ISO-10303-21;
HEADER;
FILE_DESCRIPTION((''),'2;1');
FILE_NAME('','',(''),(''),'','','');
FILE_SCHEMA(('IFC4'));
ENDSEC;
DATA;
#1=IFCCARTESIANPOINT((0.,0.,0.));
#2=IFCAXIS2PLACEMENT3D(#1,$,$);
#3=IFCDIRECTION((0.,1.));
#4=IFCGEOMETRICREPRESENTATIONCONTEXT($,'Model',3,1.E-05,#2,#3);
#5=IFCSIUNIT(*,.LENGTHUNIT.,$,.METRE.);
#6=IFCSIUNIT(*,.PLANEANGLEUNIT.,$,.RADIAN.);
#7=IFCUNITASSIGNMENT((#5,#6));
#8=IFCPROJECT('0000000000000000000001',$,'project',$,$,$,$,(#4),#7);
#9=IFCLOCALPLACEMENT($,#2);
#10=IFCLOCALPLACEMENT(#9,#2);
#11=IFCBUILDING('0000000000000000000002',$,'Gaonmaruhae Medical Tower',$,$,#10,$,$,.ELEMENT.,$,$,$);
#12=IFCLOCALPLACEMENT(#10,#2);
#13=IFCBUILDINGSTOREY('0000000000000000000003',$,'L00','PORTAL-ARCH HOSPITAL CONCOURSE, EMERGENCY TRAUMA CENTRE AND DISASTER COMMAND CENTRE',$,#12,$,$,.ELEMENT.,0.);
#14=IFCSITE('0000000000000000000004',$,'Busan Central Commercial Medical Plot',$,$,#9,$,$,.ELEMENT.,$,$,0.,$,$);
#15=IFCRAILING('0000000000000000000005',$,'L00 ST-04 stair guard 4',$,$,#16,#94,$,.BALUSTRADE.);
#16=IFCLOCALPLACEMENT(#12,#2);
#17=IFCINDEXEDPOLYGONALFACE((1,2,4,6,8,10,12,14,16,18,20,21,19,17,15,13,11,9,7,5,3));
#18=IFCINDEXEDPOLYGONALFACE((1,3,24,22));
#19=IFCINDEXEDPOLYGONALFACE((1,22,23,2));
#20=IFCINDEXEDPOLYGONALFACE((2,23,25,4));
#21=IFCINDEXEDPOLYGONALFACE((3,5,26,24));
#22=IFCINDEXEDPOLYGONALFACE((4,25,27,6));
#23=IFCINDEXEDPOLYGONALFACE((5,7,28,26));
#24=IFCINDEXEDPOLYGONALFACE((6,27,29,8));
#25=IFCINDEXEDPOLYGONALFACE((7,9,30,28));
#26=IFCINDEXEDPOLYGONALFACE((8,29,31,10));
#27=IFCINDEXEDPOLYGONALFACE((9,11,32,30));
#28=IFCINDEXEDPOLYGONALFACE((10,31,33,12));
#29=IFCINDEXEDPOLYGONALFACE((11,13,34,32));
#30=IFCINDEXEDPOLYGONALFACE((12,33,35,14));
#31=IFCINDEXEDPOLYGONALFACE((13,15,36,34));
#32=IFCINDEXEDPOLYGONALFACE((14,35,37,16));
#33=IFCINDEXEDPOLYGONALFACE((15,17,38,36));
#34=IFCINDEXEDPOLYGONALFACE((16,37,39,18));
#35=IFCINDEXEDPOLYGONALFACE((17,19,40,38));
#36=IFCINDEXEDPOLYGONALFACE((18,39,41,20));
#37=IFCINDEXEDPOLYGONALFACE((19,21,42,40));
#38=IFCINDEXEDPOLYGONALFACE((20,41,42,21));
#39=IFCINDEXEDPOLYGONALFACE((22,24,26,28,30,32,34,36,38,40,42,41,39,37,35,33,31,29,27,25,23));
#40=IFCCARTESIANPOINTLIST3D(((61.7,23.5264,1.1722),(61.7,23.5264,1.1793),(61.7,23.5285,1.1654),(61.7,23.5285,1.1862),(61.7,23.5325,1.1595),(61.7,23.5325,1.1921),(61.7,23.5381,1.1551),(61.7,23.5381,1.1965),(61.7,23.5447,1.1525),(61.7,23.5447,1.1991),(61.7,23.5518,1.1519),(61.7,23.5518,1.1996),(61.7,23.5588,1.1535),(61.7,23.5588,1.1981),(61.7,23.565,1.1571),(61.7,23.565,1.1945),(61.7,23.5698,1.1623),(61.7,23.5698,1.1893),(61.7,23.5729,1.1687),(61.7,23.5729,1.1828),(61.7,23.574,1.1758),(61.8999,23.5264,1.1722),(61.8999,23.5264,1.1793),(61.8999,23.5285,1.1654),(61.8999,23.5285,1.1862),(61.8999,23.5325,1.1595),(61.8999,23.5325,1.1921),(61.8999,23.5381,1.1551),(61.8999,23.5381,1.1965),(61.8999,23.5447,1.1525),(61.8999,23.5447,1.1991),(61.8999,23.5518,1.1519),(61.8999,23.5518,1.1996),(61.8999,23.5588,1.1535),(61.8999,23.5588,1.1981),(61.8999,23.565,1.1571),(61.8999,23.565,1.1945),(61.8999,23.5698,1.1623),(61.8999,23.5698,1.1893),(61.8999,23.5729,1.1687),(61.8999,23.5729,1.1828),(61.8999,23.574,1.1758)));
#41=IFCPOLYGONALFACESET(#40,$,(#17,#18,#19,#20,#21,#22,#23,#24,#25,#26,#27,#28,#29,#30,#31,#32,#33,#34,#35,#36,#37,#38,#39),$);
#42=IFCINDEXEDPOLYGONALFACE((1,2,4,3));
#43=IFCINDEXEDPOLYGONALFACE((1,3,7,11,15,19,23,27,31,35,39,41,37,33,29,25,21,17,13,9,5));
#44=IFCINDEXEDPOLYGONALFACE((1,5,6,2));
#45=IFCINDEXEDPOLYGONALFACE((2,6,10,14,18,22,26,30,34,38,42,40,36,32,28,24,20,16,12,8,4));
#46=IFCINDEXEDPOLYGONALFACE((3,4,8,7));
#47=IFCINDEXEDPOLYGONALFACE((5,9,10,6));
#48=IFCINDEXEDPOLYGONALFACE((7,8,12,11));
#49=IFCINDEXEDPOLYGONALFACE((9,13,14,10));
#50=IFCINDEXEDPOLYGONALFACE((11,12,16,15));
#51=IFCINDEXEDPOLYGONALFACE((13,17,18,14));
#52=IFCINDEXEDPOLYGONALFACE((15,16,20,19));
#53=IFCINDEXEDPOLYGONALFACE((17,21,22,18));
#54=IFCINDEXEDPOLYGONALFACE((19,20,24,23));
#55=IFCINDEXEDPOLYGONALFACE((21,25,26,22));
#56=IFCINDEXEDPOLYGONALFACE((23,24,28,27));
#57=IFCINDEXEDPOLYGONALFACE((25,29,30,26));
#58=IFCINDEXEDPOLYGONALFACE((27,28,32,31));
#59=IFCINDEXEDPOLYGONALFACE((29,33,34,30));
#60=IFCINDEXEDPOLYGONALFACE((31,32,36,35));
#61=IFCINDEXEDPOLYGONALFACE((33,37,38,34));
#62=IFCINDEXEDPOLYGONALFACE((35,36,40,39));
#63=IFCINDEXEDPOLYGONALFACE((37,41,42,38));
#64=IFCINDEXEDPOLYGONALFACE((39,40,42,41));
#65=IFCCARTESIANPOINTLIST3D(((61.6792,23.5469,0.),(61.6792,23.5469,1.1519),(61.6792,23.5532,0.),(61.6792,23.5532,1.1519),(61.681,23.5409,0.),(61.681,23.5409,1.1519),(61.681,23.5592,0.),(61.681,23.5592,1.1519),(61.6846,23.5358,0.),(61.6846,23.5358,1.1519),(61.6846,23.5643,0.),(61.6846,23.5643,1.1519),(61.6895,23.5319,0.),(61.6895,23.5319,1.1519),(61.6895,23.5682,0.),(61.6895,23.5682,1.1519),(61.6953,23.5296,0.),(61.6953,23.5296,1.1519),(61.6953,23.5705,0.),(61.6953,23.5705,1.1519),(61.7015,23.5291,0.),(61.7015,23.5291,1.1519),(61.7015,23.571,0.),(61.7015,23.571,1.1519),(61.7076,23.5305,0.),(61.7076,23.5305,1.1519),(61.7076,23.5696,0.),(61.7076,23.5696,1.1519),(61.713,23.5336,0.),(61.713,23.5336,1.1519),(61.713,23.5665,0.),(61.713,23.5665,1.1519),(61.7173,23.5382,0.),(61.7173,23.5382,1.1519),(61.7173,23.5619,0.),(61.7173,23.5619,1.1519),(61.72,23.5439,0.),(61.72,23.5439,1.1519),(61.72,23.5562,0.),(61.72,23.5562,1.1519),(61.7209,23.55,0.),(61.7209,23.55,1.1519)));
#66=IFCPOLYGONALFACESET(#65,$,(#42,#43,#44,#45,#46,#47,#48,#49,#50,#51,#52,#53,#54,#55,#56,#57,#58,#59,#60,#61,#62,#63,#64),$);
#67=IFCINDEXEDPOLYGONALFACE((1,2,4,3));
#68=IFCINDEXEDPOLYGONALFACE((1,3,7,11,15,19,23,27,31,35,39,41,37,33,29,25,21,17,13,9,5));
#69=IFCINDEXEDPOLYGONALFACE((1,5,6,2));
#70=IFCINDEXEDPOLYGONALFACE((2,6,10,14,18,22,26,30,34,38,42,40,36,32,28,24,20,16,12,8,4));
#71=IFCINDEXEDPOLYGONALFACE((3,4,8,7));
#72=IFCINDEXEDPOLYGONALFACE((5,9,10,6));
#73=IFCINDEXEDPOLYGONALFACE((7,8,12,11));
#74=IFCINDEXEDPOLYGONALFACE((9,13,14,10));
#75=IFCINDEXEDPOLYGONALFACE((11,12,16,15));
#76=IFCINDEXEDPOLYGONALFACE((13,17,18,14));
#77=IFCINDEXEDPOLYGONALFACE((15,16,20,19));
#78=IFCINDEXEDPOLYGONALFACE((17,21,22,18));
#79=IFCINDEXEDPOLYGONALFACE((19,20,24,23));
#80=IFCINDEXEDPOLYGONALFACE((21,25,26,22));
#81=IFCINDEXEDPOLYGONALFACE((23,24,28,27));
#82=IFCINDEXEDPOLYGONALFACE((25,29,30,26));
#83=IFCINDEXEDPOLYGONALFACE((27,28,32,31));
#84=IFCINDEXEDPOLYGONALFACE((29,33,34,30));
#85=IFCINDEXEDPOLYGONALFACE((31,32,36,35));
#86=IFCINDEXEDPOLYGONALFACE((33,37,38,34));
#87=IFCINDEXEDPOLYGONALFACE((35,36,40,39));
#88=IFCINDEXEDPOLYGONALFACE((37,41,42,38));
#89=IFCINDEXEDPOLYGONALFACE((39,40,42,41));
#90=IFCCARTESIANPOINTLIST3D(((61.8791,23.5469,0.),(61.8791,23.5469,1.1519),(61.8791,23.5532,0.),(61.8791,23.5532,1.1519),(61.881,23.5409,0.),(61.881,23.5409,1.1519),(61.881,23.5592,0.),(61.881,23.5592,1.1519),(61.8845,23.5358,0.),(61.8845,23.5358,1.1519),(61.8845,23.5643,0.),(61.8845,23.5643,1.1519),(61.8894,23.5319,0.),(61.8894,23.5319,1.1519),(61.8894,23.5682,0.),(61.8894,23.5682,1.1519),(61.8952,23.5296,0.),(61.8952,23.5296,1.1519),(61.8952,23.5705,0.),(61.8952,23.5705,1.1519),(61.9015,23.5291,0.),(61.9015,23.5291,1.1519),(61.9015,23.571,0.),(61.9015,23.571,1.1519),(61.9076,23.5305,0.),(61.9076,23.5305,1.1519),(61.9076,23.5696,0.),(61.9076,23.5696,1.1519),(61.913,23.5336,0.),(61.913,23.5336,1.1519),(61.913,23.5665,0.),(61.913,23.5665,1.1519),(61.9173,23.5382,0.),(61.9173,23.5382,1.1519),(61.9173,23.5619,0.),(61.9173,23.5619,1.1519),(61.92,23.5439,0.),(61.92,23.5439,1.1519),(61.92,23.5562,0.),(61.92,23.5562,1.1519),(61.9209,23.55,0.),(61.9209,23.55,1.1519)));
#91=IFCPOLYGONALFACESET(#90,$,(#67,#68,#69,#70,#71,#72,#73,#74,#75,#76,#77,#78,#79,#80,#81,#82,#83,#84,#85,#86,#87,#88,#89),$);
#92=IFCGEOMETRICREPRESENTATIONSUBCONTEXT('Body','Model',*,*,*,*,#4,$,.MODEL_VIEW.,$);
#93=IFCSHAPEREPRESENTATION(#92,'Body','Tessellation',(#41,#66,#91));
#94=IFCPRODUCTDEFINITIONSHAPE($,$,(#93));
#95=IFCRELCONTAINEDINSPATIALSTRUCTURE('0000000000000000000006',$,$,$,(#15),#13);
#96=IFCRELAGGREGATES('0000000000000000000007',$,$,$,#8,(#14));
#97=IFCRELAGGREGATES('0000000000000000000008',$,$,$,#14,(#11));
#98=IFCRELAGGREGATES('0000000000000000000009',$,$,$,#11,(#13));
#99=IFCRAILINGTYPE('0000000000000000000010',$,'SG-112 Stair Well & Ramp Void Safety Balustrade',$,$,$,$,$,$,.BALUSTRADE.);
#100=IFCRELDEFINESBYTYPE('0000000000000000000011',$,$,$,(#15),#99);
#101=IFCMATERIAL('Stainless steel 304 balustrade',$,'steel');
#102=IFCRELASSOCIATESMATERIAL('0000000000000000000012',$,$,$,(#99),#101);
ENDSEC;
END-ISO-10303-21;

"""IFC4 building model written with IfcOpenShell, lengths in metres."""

from ifc_helpers import new_model, si_unit, direction, frame, origin, origin_2d, place, context, subcontext, project, spatial, circle, extrude, material, type_object, element, save


model = new_model("IFC4")

# Units and contexts
model_context = context("Model", 3, precision=1e-05, world=origin(), true_north=direction((0.0, 1.0)))
body_context = subcontext(model_context, "Body", "Model", "MODEL_VIEW")
ifc_project = project(units=[si_unit("LENGTHUNIT", "METRE"), si_unit("PLANEANGLEUNIT", "RADIAN")], contexts=[model_context])

# Site, building, storey
site_placement = place(None, origin())
site = spatial("IfcSite", under=ifc_project, at=site_placement, Name="Busan Central Commercial Medical Plot", CompositionType="ELEMENT", RefElevation=0.0)
building_placement = place(site_placement, origin())
building = spatial("IfcBuilding", under=site, at=building_placement, Name="Gaonmaruhae Medical Tower", CompositionType="ELEMENT")
storey_placement = place(building_placement, origin())
storey = spatial("IfcBuildingStorey", under=building, at=storey_placement, Name="L00", Description="PORTAL-ARCH HOSPITAL CONCOURSE, EMERGENCY TRAUMA CENTRE AND DISASTER COMMAND CENTRE", CompositionType="ELEMENT", Elevation=0.0)

# Railing
ifc_material_1 = material(Name="Stainless steel 304 balustrade", Category="steel")
railing_type_1 = type_object("IfcRailingType", Name="SG-112 Stair Well & Ramp Void Safety Balustrade", PredefinedType="BALUSTRADE", material=ifc_material_1)
railing_1_placement = place(storey_placement, frame((61.7, 23.55, 0.0)))
element("IfcRailing", 1, at=railing_1_placement, inside=storey, type_object=railing_type_1, Name="L00 ST-04 stair guard 4", PredefinedType="BALUSTRADE", context=body_context, shape_type="SweptSolid", body=[
    extrude(circle(Radius=0.0239, at=origin_2d()), frame((0.0, 0.0, 1.1758), z_axis=(1.0, 0.0, 0.0), x_axis=(0.0, 1.0, 0.0)), (0.0, 0.0, 1.0), 0.2),
    extrude(circle(Radius=0.021, at=origin_2d()), origin(), (0.0, 0.0, 1.0), 1.1519),
    extrude(circle(Radius=0.021, at=origin_2d()), frame((0.2, 0.0, 0.0)), (0.0, 0.0, 1.0), 1.1519),
])

save(model, "model.ifc")
